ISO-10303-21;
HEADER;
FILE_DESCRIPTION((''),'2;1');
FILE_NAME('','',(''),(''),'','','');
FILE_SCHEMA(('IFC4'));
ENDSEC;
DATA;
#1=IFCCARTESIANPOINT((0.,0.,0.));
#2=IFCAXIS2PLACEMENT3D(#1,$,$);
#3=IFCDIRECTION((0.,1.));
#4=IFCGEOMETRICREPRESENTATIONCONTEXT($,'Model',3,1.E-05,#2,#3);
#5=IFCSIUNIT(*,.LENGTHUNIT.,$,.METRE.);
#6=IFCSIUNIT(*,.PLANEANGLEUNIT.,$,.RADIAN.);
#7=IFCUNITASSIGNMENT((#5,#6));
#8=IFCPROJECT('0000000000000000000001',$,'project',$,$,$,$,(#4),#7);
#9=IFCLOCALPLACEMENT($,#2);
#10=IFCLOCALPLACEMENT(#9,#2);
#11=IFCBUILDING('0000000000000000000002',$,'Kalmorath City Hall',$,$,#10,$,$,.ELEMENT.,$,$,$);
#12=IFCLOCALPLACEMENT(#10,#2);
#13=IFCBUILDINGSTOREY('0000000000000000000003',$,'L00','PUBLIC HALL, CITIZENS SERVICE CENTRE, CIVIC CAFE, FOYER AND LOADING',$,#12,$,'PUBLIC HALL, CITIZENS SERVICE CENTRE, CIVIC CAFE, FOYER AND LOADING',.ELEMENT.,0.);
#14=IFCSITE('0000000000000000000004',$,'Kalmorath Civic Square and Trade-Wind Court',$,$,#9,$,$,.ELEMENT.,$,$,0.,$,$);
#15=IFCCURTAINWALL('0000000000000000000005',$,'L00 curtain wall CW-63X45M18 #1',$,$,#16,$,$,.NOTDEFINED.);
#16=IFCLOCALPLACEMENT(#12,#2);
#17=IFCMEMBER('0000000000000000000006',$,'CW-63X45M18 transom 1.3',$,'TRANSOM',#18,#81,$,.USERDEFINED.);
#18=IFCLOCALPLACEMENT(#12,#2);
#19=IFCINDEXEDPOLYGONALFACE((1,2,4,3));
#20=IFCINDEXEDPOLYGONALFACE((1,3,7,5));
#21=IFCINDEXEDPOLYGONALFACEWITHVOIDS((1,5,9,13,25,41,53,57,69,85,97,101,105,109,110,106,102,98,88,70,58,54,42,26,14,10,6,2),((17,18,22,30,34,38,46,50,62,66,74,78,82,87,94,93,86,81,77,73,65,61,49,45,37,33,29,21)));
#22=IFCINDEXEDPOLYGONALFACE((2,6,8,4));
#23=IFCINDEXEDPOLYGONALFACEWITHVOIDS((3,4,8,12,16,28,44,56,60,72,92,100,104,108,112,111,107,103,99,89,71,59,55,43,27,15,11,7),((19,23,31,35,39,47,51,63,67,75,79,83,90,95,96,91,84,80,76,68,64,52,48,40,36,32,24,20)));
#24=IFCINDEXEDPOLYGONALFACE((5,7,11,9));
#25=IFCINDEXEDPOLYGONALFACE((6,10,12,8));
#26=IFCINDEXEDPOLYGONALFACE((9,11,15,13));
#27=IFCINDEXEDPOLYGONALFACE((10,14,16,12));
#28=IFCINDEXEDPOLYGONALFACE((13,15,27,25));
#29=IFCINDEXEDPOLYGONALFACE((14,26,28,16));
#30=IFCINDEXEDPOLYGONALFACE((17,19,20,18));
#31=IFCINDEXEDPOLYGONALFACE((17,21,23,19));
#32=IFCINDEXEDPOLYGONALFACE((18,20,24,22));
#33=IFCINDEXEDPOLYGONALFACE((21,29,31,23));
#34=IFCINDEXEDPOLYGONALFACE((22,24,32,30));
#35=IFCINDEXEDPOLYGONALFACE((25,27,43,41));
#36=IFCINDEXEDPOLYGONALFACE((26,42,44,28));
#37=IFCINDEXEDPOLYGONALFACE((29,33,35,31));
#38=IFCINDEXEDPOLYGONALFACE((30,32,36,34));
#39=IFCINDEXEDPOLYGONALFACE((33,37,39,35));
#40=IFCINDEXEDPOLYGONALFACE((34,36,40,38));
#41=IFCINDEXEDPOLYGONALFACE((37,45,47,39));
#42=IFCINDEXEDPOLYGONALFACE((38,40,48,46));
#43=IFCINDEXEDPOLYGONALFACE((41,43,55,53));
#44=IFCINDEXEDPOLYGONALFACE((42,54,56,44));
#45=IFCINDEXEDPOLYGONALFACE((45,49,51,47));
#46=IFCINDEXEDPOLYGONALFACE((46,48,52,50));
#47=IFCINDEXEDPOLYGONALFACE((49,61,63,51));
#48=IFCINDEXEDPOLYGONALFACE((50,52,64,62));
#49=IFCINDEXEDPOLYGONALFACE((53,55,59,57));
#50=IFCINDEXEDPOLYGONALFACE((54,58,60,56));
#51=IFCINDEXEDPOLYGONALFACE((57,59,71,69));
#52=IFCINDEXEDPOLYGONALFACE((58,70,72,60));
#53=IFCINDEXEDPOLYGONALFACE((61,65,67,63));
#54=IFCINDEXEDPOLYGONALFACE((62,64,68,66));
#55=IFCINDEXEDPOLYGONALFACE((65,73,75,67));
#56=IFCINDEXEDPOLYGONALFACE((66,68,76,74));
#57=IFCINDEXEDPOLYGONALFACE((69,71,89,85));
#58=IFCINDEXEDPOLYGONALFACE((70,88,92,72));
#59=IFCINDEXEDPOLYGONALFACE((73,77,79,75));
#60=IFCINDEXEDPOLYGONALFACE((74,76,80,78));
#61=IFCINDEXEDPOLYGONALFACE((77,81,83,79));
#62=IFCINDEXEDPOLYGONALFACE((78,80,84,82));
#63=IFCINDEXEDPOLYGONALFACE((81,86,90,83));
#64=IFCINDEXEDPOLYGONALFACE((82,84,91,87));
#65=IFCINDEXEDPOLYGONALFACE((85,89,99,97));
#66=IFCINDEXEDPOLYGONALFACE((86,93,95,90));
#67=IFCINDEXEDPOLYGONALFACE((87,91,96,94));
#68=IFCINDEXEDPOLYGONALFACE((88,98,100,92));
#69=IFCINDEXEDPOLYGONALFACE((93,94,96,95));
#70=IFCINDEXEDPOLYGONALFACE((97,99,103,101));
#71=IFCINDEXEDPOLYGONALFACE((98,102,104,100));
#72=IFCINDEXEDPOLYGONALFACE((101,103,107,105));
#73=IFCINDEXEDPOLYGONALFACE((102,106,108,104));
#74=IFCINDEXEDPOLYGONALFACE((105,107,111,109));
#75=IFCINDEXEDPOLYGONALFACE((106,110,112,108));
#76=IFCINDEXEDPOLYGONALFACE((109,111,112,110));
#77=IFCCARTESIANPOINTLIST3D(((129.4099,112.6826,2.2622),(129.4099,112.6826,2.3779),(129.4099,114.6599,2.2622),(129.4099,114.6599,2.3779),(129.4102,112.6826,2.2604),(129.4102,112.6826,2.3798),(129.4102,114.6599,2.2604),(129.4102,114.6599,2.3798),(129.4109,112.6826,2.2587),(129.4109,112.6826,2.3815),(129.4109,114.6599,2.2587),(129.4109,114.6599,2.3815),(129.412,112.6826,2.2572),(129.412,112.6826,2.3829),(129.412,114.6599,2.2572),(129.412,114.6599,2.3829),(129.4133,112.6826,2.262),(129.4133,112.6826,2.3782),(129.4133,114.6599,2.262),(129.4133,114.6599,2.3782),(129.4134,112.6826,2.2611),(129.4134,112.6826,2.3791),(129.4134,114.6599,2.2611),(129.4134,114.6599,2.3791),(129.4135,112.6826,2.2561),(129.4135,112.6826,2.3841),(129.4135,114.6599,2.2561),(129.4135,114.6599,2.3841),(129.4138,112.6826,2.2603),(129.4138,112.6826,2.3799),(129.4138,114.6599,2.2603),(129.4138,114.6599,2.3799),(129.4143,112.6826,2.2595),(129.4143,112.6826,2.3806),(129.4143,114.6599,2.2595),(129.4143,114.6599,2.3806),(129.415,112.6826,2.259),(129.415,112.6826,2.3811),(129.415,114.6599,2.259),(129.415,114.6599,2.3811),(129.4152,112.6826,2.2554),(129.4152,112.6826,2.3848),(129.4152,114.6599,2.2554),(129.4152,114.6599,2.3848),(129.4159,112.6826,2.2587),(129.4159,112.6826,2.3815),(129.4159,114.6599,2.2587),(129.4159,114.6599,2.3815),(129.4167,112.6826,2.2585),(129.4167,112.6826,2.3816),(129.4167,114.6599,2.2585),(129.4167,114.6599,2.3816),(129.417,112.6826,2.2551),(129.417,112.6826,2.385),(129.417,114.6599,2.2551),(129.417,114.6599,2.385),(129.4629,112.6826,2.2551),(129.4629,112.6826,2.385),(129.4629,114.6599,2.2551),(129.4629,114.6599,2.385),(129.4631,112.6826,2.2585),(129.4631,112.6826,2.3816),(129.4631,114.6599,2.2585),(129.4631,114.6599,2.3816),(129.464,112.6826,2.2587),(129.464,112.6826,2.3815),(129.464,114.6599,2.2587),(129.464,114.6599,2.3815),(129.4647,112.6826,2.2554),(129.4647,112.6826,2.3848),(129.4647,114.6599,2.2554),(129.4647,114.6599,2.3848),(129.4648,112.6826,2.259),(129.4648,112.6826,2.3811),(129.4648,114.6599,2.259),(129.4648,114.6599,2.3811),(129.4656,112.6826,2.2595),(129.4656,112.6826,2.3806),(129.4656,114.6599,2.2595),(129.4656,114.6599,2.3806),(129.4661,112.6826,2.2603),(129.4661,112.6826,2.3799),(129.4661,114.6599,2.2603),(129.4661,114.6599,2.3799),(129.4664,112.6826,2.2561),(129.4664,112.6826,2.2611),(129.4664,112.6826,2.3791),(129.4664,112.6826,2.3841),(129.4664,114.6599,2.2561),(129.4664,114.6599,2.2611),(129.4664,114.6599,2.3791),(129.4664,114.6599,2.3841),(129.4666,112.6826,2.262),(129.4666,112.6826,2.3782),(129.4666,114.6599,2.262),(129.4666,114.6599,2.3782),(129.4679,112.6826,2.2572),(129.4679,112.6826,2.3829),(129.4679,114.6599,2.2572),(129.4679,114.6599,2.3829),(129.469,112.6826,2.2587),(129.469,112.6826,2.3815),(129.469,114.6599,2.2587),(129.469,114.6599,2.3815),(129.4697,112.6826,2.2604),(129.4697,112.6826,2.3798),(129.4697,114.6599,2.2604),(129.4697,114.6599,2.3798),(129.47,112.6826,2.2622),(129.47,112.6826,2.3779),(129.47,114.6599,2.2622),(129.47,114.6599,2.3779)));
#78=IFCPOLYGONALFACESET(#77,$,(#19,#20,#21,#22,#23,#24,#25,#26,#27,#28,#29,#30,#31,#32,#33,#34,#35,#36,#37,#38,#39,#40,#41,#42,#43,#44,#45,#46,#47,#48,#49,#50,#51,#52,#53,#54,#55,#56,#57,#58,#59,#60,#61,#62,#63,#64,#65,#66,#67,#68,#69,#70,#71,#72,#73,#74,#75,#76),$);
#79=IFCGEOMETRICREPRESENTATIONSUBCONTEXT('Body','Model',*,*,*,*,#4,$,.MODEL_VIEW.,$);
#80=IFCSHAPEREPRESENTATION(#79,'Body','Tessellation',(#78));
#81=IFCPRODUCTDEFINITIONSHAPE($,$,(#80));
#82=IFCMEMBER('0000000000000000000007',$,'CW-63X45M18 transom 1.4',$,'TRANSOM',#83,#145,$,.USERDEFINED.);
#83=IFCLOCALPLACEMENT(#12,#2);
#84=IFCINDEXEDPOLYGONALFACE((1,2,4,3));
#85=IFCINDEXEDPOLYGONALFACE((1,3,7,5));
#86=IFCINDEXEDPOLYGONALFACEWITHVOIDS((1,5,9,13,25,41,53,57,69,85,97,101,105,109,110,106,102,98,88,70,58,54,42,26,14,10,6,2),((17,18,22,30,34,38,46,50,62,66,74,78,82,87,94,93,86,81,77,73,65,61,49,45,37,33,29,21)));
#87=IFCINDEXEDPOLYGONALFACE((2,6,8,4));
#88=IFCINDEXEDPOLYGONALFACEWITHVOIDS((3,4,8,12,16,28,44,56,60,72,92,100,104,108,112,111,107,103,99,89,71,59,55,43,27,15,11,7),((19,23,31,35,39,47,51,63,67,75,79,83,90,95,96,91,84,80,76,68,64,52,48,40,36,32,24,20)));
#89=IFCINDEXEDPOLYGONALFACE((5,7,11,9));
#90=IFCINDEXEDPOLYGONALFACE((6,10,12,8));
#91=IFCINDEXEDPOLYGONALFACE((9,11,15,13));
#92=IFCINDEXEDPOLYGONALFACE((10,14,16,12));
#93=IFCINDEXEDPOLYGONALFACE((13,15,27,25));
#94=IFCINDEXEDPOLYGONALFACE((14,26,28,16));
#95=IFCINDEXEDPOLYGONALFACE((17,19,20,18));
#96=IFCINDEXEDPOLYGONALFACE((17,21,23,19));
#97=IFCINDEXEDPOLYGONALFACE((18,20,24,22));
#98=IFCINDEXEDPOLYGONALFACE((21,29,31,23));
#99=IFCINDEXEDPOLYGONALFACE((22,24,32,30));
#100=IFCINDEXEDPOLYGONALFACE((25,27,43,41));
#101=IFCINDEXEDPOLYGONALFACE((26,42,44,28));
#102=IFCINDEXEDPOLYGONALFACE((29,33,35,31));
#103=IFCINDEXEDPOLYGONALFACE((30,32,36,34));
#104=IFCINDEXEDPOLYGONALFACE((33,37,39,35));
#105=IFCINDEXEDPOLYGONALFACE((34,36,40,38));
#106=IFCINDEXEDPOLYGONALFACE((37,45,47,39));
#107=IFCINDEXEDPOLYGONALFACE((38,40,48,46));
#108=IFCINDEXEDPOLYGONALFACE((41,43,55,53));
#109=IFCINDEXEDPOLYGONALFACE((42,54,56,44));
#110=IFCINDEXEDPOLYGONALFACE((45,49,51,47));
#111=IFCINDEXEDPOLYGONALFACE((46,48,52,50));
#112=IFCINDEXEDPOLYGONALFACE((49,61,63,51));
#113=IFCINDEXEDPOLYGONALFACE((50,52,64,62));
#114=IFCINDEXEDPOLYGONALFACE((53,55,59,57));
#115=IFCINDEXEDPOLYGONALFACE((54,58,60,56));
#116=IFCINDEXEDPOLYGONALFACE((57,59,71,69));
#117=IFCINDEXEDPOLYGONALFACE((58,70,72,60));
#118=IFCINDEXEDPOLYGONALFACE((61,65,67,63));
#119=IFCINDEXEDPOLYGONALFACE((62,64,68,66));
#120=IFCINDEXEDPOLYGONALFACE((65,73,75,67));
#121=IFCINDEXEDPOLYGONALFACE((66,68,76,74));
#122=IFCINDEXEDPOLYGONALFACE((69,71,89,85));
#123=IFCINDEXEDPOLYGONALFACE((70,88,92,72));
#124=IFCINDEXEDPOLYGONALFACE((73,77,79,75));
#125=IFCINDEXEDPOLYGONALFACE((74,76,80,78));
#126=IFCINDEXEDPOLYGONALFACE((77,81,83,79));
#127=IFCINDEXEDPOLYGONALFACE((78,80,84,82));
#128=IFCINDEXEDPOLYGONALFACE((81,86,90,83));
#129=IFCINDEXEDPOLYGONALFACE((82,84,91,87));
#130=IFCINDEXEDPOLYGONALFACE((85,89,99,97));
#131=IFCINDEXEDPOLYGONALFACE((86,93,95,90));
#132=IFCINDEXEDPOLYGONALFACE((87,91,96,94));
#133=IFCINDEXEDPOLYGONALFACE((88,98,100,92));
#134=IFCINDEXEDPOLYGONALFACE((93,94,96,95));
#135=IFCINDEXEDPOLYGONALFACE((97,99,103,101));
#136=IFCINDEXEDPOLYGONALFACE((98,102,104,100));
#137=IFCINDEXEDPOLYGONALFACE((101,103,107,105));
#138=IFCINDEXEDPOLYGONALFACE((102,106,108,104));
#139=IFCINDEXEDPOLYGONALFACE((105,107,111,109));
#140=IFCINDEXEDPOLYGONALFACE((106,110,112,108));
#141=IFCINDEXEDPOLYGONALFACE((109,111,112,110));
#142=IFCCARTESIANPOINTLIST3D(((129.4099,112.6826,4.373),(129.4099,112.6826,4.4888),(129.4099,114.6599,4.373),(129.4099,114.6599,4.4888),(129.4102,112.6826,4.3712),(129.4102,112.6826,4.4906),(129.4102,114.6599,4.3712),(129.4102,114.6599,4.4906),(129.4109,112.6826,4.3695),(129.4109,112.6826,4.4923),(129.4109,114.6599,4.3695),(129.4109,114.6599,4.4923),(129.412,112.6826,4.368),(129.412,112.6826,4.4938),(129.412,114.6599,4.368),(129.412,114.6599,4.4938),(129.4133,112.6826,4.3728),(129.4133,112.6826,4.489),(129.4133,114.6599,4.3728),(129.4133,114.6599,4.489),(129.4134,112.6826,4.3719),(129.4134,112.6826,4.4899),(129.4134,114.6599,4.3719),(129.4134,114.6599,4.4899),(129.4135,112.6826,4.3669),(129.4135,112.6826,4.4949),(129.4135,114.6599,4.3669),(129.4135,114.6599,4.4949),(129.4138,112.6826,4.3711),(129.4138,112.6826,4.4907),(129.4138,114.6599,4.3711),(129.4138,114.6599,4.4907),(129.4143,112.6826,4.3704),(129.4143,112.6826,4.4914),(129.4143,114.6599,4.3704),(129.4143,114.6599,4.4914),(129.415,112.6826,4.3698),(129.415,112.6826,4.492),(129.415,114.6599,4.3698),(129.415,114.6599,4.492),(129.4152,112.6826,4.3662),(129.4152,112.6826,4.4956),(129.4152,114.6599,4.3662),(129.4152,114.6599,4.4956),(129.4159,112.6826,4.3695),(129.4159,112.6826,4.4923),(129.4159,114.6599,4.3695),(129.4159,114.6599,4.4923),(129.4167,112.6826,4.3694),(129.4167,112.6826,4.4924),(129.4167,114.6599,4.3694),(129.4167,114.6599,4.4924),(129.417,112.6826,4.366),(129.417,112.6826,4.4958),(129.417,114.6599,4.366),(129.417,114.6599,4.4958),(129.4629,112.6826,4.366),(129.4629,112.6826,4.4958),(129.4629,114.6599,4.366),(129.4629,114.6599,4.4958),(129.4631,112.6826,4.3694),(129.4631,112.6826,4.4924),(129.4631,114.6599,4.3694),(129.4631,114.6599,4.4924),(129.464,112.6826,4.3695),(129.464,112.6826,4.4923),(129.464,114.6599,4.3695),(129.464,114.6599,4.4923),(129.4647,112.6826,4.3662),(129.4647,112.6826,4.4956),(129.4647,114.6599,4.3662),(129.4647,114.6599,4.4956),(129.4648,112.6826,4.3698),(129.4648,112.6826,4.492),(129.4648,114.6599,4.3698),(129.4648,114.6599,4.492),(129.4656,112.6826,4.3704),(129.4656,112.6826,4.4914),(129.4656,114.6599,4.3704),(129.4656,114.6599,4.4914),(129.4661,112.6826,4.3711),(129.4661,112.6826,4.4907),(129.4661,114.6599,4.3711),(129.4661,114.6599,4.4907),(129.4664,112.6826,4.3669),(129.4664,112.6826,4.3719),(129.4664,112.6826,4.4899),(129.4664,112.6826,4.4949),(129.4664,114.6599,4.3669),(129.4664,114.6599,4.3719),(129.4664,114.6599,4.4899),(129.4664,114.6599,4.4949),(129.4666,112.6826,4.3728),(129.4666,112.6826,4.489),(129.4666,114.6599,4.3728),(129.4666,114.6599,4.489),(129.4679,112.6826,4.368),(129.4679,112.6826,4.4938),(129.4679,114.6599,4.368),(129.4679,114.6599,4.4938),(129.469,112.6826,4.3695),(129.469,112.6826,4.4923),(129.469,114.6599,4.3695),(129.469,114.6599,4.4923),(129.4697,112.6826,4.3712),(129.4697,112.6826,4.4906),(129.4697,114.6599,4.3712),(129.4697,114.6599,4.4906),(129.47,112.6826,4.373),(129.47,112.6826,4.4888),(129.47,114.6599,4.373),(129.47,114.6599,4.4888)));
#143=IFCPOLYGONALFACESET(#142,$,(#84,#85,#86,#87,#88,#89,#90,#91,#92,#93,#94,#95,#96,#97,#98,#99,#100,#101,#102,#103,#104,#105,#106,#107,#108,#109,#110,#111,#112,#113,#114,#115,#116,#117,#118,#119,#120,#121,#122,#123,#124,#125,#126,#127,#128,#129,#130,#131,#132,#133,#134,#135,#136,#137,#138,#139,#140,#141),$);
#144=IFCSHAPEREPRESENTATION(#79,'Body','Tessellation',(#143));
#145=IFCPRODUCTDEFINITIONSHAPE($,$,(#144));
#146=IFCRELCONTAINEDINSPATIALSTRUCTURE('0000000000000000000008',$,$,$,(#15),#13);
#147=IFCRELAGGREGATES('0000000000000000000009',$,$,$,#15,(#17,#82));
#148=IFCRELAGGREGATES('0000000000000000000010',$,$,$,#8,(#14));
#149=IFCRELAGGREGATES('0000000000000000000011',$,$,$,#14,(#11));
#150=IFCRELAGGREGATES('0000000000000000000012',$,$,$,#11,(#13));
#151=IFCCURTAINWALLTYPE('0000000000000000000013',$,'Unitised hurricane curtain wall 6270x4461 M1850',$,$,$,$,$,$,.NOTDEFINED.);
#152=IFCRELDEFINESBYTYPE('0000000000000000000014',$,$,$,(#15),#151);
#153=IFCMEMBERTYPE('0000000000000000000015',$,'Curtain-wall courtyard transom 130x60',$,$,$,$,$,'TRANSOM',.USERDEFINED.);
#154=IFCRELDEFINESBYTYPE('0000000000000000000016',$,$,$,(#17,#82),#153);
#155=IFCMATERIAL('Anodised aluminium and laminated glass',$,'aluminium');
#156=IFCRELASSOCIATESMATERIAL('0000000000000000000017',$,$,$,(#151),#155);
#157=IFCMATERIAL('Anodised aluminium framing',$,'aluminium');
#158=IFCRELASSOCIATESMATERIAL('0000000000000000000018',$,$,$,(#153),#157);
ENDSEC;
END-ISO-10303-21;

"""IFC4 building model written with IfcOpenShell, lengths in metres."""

from ifc_helpers import new_model, si_unit, direction, frame, origin, origin_2d, place, context, subcontext, project, spatial, hollow_rectangle, extrude, material, material_profile, profile_set, type_object, element, aggregate, save


model = new_model("IFC4")

# Units and contexts
model_context = context("Model", 3, precision=1e-05, world=origin(), true_north=direction((0.0, 1.0)))
body_context = subcontext(model_context, "Body", "Model", "MODEL_VIEW")
ifc_project = project(units=[si_unit("LENGTHUNIT", "METRE"), si_unit("PLANEANGLEUNIT", "RADIAN")], contexts=[model_context])

# Site, building, storey
site_placement = place(None, origin())
site = spatial("IfcSite", under=ifc_project, at=site_placement, Name="Kalmorath Civic Square and Trade-Wind Court", CompositionType="ELEMENT", RefElevation=0.0)
building_placement = place(site_placement, origin())
building = spatial("IfcBuilding", under=site, at=building_placement, Name="Kalmorath City Hall", CompositionType="ELEMENT")
storey_placement = place(building_placement, origin())
storey = spatial("IfcBuildingStorey", under=building, at=storey_placement, Name="L00", Description="PUBLIC HALL, CITIZENS SERVICE CENTRE, CIVIC CAFE, FOYER AND LOADING", LongName="PUBLIC HALL, CITIZENS SERVICE CENTRE, CIVIC CAFE, FOYER AND LOADING", CompositionType="ELEMENT", Elevation=0.0)

# Curtain wall, members
ifc_material_1 = material(Name="Anodised aluminium and laminated glass", Category="aluminium")
curtain_wall_type = type_object("IfcCurtainWallType", Name="Unitised hurricane curtain wall 6270x4461 M1850", PredefinedType="NOTDEFINED", material=ifc_material_1)
curtain_wall_placement = place(storey_placement, origin())
curtain_wall = element("IfcCurtainWall", 1, at=curtain_wall_placement, inside=storey, type_object=curtain_wall_type, Name="L00 curtain wall CW-63X45M18 #1", PredefinedType="NOTDEFINED")
ifc_material_2 = material(Name="Anodised aluminium framing", Category="aluminium")
ifc_material_profile_1 = material_profile(ifc_material_2, hollow_rectangle(XDim=0.0601, YDim=0.1299, WallThickness=0.0034, InnerFilletRadius=0.0034, OuterFilletRadius=0.0071, at=origin_2d()), Name="ALU-TRN-130X60X3.5")
ifc_profile_set_1 = profile_set([ifc_material_profile_1], Name="Anodised aluminium framing")
member_type_1 = type_object("IfcMemberType", Name="Curtain-wall courtyard transom 130x60", ElementType="TRANSOM", PredefinedType="USERDEFINED", material=ifc_profile_set_1)
member_1_placement = place(storey_placement, frame((129.4399, 114.6599, 2.3201), z_axis=(0.0, -1.0, 0.0), x_axis=(1.0, 0.0, 0.0)))
member_1 = element("IfcMember", 2, at=member_1_placement, type_object=member_type_1, Name="CW-63X45M18 transom 1.3", ObjectType="TRANSOM", PredefinedType="USERDEFINED", context=body_context, shape_type="SweptSolid", body=[
    extrude(hollow_rectangle(XDim=0.0601, YDim=0.1299, WallThickness=0.0034, InnerFilletRadius=0.0034, OuterFilletRadius=0.0071, at=origin_2d()), origin(), (0.0, 0.0, 1.0), 1.9773),
])
member_2_placement = place(storey_placement, frame((129.4399, 114.6599, 4.4309), z_axis=(0.0, -1.0, 0.0), x_axis=(1.0, 0.0, 0.0)))
member_2 = element("IfcMember", 3, at=member_2_placement, type_object=member_type_1, Name="CW-63X45M18 transom 1.4", ObjectType="TRANSOM", PredefinedType="USERDEFINED", context=body_context, shape_type="SweptSolid", body=[
    extrude(hollow_rectangle(XDim=0.0601, YDim=0.1299, WallThickness=0.0034, InnerFilletRadius=0.0034, OuterFilletRadius=0.0071, at=origin_2d()), origin(), (0.0, 0.0, 1.0), 1.9773),
])
aggregate(curtain_wall, [member_1, member_2])

save(model, "model.ifc")
